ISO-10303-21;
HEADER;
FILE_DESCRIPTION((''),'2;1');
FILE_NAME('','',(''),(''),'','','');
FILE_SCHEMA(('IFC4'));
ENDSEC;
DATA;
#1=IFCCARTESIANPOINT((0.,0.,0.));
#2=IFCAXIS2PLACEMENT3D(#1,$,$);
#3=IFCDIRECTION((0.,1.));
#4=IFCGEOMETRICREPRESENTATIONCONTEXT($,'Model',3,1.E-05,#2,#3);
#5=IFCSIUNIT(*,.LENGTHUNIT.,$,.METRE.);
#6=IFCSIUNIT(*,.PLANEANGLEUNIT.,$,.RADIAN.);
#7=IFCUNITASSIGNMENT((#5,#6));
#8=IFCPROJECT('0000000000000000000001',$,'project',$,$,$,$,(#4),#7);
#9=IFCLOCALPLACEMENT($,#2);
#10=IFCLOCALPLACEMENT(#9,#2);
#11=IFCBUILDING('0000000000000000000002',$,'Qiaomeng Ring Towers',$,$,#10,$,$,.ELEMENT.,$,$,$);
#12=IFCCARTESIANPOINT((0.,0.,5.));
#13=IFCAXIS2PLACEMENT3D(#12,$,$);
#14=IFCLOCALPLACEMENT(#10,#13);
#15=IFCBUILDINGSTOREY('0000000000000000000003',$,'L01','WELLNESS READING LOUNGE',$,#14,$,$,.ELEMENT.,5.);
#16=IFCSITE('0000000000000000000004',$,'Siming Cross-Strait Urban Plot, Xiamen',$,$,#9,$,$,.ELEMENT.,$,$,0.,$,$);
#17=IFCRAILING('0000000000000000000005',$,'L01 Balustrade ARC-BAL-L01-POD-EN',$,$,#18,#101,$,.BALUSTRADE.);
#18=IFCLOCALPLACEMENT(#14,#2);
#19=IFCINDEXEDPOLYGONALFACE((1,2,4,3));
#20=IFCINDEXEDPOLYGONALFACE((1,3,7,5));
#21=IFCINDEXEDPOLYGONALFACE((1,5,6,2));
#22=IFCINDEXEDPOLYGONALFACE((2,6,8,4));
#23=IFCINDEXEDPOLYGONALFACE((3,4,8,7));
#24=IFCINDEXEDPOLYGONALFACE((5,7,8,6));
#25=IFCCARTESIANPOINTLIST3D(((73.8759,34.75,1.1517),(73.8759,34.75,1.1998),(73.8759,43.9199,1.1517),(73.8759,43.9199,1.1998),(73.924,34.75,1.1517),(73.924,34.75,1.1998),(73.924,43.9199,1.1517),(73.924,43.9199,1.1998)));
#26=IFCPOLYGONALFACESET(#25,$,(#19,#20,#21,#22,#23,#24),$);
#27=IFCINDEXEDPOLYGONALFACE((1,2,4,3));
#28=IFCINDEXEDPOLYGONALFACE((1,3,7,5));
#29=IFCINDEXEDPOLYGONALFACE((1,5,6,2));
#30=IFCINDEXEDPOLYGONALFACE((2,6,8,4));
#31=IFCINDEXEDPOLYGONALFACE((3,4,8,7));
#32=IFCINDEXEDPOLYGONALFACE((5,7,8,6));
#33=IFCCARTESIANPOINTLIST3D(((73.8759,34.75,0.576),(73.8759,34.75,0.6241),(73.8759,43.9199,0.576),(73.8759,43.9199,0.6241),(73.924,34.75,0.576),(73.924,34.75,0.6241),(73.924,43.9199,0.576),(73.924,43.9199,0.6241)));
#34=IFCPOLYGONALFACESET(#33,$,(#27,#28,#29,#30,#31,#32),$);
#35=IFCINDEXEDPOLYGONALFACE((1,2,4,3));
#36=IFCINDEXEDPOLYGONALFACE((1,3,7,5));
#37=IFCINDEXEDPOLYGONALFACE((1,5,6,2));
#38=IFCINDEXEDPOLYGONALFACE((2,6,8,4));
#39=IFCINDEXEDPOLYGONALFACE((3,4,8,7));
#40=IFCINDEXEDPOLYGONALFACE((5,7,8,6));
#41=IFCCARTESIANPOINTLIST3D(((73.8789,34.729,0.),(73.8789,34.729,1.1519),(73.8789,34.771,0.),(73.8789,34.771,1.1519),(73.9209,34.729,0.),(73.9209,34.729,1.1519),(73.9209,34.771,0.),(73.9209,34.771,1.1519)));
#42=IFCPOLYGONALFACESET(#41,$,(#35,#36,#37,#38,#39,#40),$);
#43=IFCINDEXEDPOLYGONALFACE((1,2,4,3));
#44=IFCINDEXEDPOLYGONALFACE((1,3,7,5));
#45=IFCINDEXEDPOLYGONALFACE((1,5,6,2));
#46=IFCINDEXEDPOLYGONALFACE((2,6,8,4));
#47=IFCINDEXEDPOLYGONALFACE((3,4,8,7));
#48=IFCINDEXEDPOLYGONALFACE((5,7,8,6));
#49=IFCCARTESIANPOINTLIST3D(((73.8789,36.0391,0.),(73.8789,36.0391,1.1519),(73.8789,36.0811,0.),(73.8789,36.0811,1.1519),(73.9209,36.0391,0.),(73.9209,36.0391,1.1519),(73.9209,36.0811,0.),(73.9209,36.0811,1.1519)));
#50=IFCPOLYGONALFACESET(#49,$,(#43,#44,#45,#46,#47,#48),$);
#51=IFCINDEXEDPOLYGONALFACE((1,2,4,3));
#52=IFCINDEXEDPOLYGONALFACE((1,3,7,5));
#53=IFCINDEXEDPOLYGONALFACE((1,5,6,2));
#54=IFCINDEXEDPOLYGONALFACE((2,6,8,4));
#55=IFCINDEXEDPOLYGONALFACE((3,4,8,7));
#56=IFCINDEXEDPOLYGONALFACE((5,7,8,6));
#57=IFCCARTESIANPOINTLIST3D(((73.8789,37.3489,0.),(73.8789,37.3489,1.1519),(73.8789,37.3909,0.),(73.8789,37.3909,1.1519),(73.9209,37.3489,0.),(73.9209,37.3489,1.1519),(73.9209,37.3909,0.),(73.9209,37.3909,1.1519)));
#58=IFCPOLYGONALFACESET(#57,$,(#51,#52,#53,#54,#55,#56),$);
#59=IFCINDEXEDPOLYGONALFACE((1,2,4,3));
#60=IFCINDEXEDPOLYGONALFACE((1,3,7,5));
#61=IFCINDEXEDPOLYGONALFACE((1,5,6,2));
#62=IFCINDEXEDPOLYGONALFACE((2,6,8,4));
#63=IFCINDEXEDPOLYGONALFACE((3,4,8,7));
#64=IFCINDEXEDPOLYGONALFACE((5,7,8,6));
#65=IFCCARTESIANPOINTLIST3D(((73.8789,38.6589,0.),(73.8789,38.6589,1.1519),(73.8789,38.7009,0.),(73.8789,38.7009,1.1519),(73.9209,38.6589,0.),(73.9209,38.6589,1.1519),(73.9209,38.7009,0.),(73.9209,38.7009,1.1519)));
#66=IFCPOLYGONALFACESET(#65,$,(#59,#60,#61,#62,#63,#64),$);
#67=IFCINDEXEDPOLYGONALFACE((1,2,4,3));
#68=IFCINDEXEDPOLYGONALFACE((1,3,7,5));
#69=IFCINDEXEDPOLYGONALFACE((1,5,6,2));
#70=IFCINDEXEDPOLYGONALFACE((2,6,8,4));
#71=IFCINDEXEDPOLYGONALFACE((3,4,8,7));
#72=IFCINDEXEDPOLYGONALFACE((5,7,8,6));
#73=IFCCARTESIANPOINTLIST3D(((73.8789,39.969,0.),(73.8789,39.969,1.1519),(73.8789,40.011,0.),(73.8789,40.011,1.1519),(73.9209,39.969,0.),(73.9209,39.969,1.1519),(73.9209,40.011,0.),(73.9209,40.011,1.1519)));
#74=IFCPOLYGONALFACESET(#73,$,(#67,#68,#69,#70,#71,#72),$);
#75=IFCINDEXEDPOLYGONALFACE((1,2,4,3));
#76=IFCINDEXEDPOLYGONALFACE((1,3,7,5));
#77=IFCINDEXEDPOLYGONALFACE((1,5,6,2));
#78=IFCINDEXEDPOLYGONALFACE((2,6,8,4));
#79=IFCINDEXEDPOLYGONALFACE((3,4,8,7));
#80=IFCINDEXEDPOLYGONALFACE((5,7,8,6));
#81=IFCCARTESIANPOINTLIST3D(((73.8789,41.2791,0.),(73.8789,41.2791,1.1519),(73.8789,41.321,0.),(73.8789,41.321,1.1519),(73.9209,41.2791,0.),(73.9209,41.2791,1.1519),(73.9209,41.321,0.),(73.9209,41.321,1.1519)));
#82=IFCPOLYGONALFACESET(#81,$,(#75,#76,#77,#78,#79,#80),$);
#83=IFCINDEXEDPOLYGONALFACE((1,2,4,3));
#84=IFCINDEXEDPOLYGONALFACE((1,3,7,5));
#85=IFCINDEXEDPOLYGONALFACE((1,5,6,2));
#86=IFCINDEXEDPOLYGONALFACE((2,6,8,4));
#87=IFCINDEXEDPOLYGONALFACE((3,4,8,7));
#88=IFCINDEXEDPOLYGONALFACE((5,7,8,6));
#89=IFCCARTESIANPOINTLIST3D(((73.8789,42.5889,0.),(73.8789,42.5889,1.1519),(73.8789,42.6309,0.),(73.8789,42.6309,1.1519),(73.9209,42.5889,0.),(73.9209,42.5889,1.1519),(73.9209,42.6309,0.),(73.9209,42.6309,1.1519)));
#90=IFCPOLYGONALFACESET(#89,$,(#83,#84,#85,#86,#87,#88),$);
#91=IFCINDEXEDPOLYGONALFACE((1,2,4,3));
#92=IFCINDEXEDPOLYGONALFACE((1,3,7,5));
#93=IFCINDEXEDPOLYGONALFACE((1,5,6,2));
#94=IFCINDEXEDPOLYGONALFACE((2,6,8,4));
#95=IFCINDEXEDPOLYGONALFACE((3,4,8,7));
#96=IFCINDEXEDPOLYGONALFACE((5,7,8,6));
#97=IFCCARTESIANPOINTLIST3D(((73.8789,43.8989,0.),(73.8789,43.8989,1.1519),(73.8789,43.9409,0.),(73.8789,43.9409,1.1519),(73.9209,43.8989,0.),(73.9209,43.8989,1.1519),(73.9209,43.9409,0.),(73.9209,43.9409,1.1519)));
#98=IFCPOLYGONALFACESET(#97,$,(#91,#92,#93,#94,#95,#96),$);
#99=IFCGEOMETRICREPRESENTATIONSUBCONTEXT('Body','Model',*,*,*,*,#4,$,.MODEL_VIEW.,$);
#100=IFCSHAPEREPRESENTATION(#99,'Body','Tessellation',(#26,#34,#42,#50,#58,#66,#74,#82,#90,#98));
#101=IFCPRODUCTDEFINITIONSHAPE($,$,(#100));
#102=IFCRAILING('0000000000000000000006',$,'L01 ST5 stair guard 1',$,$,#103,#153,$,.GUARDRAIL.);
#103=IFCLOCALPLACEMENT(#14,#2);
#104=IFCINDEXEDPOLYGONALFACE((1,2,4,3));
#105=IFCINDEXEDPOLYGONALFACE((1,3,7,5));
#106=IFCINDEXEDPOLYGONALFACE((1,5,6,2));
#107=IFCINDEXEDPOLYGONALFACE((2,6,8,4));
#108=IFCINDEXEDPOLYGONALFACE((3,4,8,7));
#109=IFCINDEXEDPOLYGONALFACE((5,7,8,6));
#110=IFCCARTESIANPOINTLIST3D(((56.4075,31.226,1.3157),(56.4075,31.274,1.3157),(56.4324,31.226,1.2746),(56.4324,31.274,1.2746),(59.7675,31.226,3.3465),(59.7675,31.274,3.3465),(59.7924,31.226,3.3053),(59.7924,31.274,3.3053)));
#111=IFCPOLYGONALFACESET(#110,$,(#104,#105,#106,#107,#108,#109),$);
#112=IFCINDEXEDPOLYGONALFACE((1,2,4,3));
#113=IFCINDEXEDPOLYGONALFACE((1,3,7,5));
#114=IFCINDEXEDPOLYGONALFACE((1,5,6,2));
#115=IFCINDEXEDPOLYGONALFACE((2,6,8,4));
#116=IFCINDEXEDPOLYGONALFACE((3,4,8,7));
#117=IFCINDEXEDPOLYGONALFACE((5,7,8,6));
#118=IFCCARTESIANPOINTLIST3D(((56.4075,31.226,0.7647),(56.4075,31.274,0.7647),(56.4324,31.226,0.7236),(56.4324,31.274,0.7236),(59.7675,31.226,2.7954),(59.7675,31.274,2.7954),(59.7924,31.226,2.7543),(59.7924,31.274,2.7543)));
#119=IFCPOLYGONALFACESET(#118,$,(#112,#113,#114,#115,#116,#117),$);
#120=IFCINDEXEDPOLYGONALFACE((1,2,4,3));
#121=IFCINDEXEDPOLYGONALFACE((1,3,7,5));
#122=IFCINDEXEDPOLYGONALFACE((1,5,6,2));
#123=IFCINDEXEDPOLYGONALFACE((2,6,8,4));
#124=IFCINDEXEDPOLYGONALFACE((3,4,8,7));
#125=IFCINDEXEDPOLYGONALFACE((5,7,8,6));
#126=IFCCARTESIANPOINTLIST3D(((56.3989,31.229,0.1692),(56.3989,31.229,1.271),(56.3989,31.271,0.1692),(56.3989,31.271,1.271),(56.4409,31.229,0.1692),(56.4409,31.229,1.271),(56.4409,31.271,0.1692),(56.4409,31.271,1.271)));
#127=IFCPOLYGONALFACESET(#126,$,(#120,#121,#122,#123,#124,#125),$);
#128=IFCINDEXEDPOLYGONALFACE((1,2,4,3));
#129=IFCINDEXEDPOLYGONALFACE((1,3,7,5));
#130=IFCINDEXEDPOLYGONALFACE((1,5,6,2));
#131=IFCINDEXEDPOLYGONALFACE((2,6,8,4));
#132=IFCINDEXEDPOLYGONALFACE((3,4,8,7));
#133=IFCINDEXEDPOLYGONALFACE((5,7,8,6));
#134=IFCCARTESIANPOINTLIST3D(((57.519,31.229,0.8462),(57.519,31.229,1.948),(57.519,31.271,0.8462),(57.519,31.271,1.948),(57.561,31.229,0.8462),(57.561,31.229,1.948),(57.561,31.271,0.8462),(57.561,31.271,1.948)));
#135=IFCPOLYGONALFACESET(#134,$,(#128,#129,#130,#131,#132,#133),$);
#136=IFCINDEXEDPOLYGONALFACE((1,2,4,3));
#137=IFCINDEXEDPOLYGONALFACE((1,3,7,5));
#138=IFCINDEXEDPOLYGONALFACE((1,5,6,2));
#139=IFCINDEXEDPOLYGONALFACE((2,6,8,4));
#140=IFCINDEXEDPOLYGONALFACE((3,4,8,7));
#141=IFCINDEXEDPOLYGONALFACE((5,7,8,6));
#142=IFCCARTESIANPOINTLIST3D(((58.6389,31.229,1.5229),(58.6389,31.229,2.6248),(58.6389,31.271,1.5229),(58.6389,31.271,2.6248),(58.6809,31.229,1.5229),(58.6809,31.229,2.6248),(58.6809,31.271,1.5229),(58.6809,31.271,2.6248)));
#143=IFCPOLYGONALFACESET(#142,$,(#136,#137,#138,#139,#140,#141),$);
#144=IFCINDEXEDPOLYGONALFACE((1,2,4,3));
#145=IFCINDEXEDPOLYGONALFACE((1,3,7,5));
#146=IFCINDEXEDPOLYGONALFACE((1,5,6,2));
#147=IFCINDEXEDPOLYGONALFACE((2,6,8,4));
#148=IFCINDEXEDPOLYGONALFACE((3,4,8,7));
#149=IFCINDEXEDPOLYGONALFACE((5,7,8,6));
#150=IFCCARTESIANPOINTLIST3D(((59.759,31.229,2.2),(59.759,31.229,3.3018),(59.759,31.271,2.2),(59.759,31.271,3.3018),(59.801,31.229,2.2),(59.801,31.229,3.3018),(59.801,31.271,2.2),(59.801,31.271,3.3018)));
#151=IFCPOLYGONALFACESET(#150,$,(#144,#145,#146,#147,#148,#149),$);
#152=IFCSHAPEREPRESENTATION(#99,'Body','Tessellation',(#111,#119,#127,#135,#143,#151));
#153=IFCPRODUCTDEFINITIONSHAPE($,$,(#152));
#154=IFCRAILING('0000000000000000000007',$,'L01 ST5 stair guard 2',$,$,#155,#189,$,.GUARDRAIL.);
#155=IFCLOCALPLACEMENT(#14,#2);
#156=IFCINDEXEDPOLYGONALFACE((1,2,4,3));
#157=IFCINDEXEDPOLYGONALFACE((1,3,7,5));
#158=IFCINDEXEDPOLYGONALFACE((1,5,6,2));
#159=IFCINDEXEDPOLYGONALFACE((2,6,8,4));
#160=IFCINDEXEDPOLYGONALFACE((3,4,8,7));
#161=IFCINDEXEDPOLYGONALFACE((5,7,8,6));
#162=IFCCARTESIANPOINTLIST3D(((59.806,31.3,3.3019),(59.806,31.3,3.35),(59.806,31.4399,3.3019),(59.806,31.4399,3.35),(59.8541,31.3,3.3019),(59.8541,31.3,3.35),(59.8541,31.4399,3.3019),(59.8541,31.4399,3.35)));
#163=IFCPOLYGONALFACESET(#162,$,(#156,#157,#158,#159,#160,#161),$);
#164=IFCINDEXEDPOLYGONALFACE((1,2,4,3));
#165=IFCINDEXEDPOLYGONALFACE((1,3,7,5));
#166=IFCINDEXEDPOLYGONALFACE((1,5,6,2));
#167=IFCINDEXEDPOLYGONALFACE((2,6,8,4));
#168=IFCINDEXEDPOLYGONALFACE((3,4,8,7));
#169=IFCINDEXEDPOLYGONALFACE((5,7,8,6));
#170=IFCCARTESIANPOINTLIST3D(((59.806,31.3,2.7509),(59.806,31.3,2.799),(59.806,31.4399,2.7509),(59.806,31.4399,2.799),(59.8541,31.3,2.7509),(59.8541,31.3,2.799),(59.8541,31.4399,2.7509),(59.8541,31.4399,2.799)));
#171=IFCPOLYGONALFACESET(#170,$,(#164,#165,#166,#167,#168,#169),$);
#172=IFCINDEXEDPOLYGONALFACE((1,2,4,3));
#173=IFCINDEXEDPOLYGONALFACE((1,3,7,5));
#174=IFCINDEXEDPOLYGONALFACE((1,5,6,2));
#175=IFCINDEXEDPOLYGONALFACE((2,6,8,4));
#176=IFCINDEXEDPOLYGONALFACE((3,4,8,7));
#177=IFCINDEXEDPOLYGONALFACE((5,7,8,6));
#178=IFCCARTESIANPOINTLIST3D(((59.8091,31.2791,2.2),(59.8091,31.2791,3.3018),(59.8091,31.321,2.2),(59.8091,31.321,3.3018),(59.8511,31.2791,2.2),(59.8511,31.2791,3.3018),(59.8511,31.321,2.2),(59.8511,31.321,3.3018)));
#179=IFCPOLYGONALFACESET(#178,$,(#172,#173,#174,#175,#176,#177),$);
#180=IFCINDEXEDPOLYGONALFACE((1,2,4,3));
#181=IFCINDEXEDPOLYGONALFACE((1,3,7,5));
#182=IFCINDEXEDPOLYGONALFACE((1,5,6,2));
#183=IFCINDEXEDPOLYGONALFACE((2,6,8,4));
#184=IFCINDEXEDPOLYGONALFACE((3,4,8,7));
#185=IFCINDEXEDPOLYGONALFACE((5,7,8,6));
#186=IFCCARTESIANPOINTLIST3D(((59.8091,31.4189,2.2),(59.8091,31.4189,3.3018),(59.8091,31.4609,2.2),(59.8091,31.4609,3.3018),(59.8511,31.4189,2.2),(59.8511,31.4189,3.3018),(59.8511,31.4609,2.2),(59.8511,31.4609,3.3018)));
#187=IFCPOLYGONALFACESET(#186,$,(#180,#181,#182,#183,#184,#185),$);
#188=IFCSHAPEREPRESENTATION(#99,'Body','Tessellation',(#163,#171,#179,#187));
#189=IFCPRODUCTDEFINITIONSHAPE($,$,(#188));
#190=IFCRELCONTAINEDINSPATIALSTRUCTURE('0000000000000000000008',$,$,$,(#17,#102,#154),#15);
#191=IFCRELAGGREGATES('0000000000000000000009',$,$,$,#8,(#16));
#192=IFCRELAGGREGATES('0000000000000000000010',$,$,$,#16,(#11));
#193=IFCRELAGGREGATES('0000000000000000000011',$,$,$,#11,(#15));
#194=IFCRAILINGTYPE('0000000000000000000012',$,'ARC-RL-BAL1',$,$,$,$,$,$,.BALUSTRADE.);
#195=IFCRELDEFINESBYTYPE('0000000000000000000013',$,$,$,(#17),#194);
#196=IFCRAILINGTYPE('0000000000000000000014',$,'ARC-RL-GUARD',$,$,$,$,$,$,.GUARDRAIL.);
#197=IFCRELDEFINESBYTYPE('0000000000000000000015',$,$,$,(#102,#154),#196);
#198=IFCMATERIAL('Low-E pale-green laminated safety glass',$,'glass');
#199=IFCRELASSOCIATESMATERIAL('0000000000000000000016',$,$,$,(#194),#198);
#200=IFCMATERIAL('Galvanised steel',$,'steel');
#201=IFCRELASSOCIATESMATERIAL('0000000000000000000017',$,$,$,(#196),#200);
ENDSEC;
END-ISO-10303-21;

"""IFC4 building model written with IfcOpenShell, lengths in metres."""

from ifc_helpers import new_model, si_unit, direction, frame, origin, origin_2d, place, context, subcontext, project, spatial, rectangle, extrude, material, type_object, element, save


model = new_model("IFC4")

# Units and contexts
model_context = context("Model", 3, precision=1e-05, world=origin(), true_north=direction((0.0, 1.0)))
body_context = subcontext(model_context, "Body", "Model", "MODEL_VIEW")
ifc_project = project(units=[si_unit("LENGTHUNIT", "METRE"), si_unit("PLANEANGLEUNIT", "RADIAN")], contexts=[model_context])

# Site, building, storey
site_placement = place(None, origin())
site = spatial("IfcSite", under=ifc_project, at=site_placement, Name="Siming Cross-Strait Urban Plot, Xiamen", CompositionType="ELEMENT", RefElevation=0.0)
building_placement = place(site_placement, origin())
building = spatial("IfcBuilding", under=site, at=building_placement, Name="Qiaomeng Ring Towers", CompositionType="ELEMENT")
storey_placement = place(building_placement, frame((0.0, 0.0, 5.0)))
storey = spatial("IfcBuildingStorey", under=building, at=storey_placement, Name="L01", Description="WELLNESS READING LOUNGE", CompositionType="ELEMENT", Elevation=5.0)

# Shared definitions
ifc_material_1 = material(Name="Low-E pale-green laminated safety glass", Category="glass")

# Shared definitions
ifc_material_2 = material(Name="Galvanised steel", Category="steel")

# Railings
railing_type_1 = type_object("IfcRailingType", Name="ARC-RL-BAL1", PredefinedType="BALUSTRADE", material=ifc_material_1)
railing_1_placement = place(storey_placement, frame((73.8999, 34.75, 0.0)))
element("IfcRailing", 1, at=railing_1_placement, inside=storey, type_object=railing_type_1, Name="L01 Balustrade ARC-BAL-L01-POD-EN", PredefinedType="BALUSTRADE", context=body_context, shape_type="SweptSolid", body=[
    extrude(rectangle(XDim=0.0481, YDim=0.0481, at=origin_2d()), frame((0.0, 0.0, 1.1758), z_axis=(0.0, 1.0, 0.0), x_axis=(-1.0, 0.0, 0.0)), (0.0, 0.0, 1.0), 9.1699),
    extrude(rectangle(XDim=0.0481, YDim=0.0481, at=origin_2d()), frame((0.0, 0.0, 0.6001), z_axis=(0.0, 1.0, 0.0), x_axis=(-1.0, 0.0, 0.0)), (0.0, 0.0, 1.0), 9.1699),
    extrude(rectangle(XDim=0.042, YDim=0.042, at=origin_2d()), origin(), (0.0, 0.0, 1.0), 1.1519),
    extrude(rectangle(XDim=0.042, YDim=0.042, at=origin_2d()), frame((0.0, 1.3101, 0.0)), (0.0, 0.0, 1.0), 1.1519),
    extrude(rectangle(XDim=0.042, YDim=0.042, at=origin_2d()), frame((0.0, 2.6199, 0.0)), (0.0, 0.0, 1.0), 1.1519),
    extrude(rectangle(XDim=0.042, YDim=0.042, at=origin_2d()), frame((0.0, 3.9299, 0.0)), (0.0, 0.0, 1.0), 1.1519),
    extrude(rectangle(XDim=0.042, YDim=0.042, at=origin_2d()), frame((0.0, 5.24, 0.0)), (0.0, 0.0, 1.0), 1.1519),
    extrude(rectangle(XDim=0.042, YDim=0.042, at=origin_2d()), frame((0.0, 6.55, 0.0)), (0.0, 0.0, 1.0), 1.1519),
    extrude(rectangle(XDim=0.042, YDim=0.042, at=origin_2d()), frame((0.0, 7.8599, 0.0)), (0.0, 0.0, 1.0), 1.1519),
    extrude(rectangle(XDim=0.042, YDim=0.042, at=origin_2d()), frame((0.0, 9.1699, 0.0)), (0.0, 0.0, 1.0), 1.1519),
])
railing_type_2 = type_object("IfcRailingType", Name="ARC-RL-GUARD", PredefinedType="GUARDRAIL", material=ifc_material_2)
railing_2_placement = place(storey_placement, frame((56.4199, 31.25, 0.1692)))
element("IfcRailing", 2, at=railing_2_placement, inside=storey, type_object=railing_type_2, Name="L01 ST5 stair guard 1", PredefinedType="GUARDRAIL", context=body_context, shape_type="SweptSolid", body=[
    extrude(rectangle(XDim=0.0481, YDim=0.0481, at=origin_2d()), frame((0.0, 0.0, 1.126), z_axis=(0.855837, 0.0, 0.517246), x_axis=(0.0, 1.0, 0.0)), (0.0, 0.0, 1.0), 3.926),
    extrude(rectangle(XDim=0.0481, YDim=0.0481, at=origin_2d()), frame((0.0, 0.0, 0.575), z_axis=(0.855837, 0.0, 0.517246), x_axis=(0.0, 1.0, 0.0)), (0.0, 0.0, 1.0), 3.926),
    extrude(rectangle(XDim=0.042, YDim=0.042, at=origin_2d()), origin(), (0.0, 0.0, 1.0), 1.1018),
    extrude(rectangle(XDim=0.042, YDim=0.042, at=origin_2d()), frame((1.1201, 0.0, 0.677)), (0.0, 0.0, 1.0), 1.1018),
    extrude(rectangle(XDim=0.042, YDim=0.042, at=origin_2d()), frame((2.24, 0.0, 1.3538)), (0.0, 0.0, 1.0), 1.1018),
    extrude(rectangle(XDim=0.042, YDim=0.042, at=origin_2d()), frame((3.3601, 0.0, 2.0308)), (0.0, 0.0, 1.0), 1.1018),
])
railing_3_placement = place(storey_placement, frame((59.8301, 31.3, 2.2)))
element("IfcRailing", 3, at=railing_3_placement, inside=storey, type_object=railing_type_2, Name="L01 ST5 stair guard 2", PredefinedType="GUARDRAIL", context=body_context, shape_type="SweptSolid", body=[
    extrude(rectangle(XDim=0.0481, YDim=0.0481, at=origin_2d()), frame((0.0, 0.0, 1.126), z_axis=(0.0, 1.0, 0.0), x_axis=(-1.0, 0.0, 0.0)), (0.0, 0.0, 1.0), 0.1399),
    extrude(rectangle(XDim=0.0481, YDim=0.0481, at=origin_2d()), frame((0.0, 0.0, 0.575), z_axis=(0.0, 1.0, 0.0), x_axis=(-1.0, 0.0, 0.0)), (0.0, 0.0, 1.0), 0.1399),
    extrude(rectangle(XDim=0.042, YDim=0.042, at=origin_2d()), origin(), (0.0, 0.0, 1.0), 1.1018),
    extrude(rectangle(XDim=0.042, YDim=0.042, at=origin_2d()), frame((0.0, 0.1399, 0.0)), (0.0, 0.0, 1.0), 1.1018),
])

save(model, "model.ifc")
